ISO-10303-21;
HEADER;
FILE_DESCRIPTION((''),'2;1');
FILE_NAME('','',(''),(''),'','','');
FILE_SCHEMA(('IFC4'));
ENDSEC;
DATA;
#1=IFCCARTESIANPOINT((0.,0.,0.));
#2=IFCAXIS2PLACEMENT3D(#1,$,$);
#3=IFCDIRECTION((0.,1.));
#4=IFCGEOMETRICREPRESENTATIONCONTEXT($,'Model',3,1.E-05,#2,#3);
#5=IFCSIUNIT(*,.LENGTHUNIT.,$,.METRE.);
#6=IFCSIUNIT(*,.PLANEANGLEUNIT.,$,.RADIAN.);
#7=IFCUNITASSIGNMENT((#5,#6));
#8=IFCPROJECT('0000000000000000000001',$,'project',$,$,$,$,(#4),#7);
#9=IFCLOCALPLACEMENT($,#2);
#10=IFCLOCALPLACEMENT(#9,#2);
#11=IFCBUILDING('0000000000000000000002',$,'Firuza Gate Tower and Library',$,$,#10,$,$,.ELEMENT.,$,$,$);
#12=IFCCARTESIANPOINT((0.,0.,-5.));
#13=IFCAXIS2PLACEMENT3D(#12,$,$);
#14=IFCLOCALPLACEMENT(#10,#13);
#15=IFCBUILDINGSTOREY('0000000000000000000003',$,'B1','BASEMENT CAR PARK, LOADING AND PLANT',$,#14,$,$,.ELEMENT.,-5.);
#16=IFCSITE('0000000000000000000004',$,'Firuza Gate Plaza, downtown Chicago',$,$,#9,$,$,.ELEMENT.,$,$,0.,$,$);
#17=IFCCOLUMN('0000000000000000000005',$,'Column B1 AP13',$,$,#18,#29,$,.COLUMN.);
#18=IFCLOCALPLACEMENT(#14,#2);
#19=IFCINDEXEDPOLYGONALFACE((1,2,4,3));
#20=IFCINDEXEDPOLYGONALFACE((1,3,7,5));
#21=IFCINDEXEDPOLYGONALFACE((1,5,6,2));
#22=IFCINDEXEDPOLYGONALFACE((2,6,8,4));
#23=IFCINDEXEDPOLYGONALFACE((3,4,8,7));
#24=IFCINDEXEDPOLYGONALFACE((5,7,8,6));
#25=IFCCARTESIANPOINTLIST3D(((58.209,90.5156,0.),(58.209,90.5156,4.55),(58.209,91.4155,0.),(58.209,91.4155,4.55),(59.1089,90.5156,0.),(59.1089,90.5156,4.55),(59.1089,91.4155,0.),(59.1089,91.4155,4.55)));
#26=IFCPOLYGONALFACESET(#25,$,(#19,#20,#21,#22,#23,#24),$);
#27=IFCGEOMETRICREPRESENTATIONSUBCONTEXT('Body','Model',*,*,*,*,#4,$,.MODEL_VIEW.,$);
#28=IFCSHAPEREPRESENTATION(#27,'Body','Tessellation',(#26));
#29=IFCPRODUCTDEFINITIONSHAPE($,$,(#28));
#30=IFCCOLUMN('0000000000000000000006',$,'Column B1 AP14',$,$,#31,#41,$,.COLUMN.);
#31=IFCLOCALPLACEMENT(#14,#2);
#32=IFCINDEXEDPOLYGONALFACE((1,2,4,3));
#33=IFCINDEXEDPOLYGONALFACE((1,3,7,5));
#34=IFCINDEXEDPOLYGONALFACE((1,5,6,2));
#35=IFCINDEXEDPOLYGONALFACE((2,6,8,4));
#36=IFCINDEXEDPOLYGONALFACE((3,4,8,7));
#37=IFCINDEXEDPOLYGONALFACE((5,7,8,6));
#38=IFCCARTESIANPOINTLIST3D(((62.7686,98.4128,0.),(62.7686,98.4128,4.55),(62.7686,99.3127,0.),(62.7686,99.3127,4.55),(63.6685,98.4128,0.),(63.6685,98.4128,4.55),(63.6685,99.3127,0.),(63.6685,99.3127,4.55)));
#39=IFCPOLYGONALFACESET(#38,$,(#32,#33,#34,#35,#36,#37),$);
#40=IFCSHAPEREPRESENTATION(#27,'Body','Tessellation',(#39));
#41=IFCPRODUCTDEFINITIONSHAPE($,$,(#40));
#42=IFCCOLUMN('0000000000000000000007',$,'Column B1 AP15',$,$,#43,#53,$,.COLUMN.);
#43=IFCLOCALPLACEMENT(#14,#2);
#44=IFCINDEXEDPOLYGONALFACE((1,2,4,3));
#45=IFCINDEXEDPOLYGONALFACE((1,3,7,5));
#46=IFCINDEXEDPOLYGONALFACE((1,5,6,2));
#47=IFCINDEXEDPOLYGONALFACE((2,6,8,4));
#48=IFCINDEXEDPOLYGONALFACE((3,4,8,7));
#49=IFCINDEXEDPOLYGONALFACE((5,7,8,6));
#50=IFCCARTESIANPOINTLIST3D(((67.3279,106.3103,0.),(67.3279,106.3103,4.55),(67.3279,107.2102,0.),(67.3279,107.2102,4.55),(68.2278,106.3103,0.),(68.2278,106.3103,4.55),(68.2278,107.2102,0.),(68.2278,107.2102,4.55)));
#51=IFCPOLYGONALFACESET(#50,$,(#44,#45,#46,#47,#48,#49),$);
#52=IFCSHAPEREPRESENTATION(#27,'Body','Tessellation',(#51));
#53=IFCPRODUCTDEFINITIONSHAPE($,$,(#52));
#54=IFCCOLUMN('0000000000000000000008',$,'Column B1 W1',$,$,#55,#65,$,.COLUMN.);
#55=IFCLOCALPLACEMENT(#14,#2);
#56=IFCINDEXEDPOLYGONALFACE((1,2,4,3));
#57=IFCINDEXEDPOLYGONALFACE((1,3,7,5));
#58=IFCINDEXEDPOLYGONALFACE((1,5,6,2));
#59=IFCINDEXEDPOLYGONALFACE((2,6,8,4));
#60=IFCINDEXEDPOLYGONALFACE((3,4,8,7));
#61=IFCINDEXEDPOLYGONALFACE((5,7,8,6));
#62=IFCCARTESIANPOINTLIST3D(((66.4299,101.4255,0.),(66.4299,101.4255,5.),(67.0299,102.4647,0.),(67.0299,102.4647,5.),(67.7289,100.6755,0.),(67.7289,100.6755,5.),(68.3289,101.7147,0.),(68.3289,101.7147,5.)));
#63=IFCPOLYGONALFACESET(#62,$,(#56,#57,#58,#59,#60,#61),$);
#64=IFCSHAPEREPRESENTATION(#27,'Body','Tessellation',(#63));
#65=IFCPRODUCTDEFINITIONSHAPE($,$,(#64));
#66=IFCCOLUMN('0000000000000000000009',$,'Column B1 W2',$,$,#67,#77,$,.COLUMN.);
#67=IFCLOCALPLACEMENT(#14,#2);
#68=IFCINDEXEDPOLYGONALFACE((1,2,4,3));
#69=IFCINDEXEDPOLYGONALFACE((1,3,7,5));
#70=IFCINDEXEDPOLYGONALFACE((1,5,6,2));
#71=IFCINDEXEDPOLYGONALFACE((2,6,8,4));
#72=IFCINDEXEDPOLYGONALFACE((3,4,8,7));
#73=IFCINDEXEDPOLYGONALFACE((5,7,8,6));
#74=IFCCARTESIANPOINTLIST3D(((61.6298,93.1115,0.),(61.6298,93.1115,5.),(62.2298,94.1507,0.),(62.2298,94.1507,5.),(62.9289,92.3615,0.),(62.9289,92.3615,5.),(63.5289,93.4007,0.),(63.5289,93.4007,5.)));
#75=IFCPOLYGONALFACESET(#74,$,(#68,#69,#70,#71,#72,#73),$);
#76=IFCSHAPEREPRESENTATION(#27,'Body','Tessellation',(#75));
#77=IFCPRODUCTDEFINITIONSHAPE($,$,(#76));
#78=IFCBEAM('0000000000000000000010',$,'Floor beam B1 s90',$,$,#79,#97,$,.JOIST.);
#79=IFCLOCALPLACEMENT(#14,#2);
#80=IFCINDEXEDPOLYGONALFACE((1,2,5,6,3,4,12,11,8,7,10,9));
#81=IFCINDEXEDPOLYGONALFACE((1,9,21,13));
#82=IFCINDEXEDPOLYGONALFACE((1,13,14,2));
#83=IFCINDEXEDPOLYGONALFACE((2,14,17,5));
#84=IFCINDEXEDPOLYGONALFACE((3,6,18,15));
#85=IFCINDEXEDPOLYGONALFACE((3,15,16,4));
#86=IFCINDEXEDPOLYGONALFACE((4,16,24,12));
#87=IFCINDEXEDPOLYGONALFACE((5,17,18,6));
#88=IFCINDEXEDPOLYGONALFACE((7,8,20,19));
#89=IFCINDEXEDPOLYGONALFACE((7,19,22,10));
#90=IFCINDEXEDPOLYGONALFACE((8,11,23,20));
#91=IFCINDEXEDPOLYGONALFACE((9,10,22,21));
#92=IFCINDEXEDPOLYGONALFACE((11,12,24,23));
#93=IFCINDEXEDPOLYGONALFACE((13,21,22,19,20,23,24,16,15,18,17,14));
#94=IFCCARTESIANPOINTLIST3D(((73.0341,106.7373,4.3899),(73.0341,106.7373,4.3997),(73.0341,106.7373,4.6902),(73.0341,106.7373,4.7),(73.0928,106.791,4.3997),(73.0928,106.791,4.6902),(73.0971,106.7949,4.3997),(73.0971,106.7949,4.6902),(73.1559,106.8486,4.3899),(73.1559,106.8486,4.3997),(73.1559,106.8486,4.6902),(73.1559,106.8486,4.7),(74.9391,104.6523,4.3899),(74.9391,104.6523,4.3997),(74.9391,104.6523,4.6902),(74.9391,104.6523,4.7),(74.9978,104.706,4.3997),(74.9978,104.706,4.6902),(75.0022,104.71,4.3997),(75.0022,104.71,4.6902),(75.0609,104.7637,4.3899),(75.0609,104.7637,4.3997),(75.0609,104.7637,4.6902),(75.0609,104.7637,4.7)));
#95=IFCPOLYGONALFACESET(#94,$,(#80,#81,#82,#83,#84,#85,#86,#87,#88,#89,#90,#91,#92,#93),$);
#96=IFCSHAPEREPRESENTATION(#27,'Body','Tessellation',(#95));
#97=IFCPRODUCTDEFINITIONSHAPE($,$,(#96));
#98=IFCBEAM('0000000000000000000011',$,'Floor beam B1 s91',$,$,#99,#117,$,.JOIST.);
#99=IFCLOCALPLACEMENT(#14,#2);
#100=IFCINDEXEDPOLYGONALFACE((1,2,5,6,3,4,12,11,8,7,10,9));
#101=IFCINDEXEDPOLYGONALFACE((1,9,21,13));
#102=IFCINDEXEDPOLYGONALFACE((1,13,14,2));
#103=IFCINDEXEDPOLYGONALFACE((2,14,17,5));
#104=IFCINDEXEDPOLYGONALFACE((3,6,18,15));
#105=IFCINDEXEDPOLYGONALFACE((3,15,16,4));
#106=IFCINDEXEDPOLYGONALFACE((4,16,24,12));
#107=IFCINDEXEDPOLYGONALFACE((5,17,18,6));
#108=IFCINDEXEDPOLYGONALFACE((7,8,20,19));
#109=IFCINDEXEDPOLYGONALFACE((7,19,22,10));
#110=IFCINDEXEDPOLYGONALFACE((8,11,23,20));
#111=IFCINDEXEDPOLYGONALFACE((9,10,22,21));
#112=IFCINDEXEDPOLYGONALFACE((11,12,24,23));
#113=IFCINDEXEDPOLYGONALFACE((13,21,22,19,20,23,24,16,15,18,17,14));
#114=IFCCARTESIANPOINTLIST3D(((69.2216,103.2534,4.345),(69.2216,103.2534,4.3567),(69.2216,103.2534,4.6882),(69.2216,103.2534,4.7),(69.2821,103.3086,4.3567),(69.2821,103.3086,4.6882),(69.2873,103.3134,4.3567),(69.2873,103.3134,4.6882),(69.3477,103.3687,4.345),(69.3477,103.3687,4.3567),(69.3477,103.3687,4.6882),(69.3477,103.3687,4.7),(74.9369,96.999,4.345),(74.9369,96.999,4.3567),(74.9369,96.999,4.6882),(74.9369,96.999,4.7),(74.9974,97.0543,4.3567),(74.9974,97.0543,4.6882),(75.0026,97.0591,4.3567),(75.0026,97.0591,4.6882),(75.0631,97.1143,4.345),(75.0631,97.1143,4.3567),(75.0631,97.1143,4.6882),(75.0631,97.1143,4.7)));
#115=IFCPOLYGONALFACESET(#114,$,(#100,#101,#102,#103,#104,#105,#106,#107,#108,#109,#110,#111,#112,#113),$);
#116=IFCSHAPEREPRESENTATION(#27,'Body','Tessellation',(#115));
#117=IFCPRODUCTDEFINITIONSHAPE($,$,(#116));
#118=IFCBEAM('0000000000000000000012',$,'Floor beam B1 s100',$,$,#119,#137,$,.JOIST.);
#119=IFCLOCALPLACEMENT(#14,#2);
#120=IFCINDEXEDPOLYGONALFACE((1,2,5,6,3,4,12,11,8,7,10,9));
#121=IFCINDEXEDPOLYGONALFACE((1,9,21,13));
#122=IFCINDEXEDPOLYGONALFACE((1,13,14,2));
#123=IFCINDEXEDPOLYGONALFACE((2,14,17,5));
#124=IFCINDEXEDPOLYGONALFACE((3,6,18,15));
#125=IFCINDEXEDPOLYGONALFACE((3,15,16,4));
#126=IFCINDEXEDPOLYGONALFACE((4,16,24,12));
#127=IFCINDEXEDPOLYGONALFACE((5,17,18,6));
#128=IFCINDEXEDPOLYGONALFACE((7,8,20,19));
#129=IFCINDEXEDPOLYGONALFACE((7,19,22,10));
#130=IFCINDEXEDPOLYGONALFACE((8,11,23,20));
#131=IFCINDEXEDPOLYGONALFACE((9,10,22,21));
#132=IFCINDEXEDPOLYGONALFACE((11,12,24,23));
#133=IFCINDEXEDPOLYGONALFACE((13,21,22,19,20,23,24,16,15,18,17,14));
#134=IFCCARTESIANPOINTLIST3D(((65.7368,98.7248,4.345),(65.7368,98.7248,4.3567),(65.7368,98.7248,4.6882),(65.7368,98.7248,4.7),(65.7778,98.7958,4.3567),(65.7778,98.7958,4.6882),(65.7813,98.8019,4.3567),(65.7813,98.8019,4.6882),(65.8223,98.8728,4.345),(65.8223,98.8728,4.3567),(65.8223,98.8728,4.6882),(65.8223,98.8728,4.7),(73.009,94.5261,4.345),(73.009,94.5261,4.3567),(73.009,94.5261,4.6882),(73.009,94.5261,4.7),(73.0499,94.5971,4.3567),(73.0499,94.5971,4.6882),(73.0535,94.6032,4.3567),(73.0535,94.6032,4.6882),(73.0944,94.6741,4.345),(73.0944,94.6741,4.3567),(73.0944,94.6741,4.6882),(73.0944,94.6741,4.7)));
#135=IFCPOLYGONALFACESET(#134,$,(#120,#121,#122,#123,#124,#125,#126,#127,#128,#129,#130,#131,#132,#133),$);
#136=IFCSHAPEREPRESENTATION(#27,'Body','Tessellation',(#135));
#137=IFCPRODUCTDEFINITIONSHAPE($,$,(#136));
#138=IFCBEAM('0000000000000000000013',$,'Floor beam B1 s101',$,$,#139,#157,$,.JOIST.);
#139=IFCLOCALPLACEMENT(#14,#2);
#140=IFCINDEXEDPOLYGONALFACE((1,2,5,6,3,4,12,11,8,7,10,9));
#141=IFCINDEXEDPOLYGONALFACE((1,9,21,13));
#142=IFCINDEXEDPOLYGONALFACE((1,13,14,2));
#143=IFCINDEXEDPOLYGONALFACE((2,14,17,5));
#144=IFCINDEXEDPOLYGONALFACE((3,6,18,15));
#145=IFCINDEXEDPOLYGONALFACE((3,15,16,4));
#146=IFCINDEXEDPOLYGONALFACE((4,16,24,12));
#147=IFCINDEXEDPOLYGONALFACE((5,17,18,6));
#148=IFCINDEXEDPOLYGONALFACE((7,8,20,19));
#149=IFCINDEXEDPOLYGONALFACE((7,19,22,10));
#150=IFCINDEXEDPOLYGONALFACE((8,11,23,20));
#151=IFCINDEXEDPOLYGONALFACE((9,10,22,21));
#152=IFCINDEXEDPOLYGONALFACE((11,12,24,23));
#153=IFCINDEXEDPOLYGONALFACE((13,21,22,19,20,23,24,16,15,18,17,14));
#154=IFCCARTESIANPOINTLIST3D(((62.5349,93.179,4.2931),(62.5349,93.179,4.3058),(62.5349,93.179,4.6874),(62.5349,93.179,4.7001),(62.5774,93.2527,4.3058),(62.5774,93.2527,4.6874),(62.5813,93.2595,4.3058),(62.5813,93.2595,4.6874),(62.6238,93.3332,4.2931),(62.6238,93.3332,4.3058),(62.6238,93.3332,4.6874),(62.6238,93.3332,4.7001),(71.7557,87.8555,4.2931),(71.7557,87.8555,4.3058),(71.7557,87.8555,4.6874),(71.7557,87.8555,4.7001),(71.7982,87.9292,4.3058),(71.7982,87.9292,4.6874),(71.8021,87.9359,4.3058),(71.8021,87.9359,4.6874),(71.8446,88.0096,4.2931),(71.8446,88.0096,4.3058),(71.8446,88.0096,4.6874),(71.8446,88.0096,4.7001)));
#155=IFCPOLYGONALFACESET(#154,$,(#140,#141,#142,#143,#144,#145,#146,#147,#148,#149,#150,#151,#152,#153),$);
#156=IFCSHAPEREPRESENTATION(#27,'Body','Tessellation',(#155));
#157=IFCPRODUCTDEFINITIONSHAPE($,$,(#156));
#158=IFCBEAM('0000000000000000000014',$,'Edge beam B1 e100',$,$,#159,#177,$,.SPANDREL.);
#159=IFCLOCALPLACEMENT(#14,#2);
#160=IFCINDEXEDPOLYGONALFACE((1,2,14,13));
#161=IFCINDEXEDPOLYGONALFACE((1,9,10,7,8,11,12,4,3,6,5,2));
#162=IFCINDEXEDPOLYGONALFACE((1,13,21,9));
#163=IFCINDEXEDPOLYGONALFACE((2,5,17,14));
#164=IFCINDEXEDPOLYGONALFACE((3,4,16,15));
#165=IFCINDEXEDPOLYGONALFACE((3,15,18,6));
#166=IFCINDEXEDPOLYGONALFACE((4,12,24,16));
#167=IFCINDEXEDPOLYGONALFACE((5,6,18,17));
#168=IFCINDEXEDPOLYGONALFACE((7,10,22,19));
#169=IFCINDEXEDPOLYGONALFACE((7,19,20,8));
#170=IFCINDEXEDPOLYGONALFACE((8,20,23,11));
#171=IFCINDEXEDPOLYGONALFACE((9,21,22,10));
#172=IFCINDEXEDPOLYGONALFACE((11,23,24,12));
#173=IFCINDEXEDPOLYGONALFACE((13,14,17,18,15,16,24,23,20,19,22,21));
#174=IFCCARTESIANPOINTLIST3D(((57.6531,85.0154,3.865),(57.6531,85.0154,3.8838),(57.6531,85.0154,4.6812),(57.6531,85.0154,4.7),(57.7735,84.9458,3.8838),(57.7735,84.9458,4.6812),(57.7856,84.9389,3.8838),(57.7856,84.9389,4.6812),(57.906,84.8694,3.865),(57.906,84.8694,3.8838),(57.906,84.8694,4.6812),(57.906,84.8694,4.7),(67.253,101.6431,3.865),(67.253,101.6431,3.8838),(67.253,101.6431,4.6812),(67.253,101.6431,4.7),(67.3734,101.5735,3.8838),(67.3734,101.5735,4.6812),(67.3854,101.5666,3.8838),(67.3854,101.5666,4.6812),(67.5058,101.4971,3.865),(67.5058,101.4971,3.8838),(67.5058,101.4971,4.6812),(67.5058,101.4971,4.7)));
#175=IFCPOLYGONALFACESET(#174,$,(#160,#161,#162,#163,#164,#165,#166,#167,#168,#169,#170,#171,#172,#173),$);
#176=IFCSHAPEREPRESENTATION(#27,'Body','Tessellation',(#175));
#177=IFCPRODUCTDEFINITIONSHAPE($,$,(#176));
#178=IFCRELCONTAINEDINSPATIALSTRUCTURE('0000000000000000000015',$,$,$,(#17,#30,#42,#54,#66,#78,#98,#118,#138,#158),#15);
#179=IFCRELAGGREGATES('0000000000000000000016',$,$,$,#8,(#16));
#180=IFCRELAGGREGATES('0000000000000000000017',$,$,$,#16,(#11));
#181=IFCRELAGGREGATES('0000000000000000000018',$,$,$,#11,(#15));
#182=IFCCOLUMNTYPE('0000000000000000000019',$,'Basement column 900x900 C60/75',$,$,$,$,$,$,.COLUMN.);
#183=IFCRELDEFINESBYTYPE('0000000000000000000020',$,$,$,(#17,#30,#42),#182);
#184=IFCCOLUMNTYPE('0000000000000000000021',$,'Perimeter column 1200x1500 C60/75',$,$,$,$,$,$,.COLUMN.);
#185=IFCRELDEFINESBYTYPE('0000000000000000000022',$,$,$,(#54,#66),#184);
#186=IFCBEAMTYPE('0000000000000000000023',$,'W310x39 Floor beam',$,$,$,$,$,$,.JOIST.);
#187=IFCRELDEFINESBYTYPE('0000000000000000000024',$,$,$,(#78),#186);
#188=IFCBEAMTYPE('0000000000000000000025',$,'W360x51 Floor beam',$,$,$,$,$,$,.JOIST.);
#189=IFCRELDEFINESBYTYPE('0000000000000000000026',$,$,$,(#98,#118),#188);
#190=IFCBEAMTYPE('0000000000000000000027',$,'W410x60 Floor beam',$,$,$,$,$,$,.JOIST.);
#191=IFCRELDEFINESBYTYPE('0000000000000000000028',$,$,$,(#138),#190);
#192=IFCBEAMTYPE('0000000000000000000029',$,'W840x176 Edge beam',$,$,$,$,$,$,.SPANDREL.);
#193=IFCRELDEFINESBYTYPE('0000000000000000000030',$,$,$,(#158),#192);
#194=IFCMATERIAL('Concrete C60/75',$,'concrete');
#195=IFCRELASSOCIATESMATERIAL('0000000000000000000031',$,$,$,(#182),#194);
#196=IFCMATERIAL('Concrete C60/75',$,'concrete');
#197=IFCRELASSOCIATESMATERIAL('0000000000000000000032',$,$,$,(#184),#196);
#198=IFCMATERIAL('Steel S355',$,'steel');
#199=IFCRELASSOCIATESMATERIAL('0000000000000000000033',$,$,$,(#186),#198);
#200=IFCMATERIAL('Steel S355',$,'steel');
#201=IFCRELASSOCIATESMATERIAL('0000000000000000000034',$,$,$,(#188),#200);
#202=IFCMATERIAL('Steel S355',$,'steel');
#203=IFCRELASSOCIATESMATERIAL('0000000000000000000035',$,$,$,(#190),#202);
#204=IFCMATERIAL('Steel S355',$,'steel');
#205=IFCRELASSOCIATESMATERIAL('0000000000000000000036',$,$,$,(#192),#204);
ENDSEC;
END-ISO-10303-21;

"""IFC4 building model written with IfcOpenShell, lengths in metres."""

from ifc_helpers import new_model, si_unit, direction, frame, origin, origin_2d, place, context, subcontext, project, spatial, rectangle, i_section, extrude, material, material_profile, profile_set, type_object, element, save


model = new_model("IFC4")

# Units and contexts
model_context = context("Model", 3, precision=1e-05, world=origin(), true_north=direction((0.0, 1.0)))
body_context = subcontext(model_context, "Body", "Model", "MODEL_VIEW")
ifc_project = project(units=[si_unit("LENGTHUNIT", "METRE"), si_unit("PLANEANGLEUNIT", "RADIAN")], contexts=[model_context])

# Site, building, storey
site_placement = place(None, origin())
site = spatial("IfcSite", under=ifc_project, at=site_placement, Name="Firuza Gate Plaza, downtown Chicago", CompositionType="ELEMENT", RefElevation=0.0)
building_placement = place(site_placement, origin())
building = spatial("IfcBuilding", under=site, at=building_placement, Name="Firuza Gate Tower and Library", CompositionType="ELEMENT")
storey_placement = place(building_placement, frame((0.0, 0.0, -5.0)))
storey = spatial("IfcBuildingStorey", under=building, at=storey_placement, Name="B1", Description="BASEMENT CAR PARK, LOADING AND PLANT", CompositionType="ELEMENT", Elevation=-5.0)

# Columns
ifc_material_1 = material(Name="Concrete C60/75", Category="concrete")
ifc_material_profile_1 = material_profile(ifc_material_1, rectangle(XDim=0.8999, YDim=0.8999, at=origin_2d()))
ifc_profile_set_1 = profile_set([ifc_material_profile_1], Name="Concrete C60/75")
column_type_1 = type_object("IfcColumnType", Name="Basement column 900x900 C60/75", PredefinedType="COLUMN", material=ifc_profile_set_1)
for number, where, z_axis, x_axis, name in (
    (1, (58.6589, 90.9656, 0.0), (0.0, 0.0, 1.0), (1.0, 0.0, 0.0), "Column B1 AP13"),
    (2, (63.2185, 98.8628, 0.0), (0.0, 0.0, 1.0), (1.0, 0.0, 0.0), "Column B1 AP14"),
    (3, (67.7778, 106.7603, 0.0), (0.0, 0.0, 1.0), (1.0, 0.0, 0.0), "Column B1 AP15"),
):
    element("IfcColumn", number, at=place(storey_placement, frame(where, z_axis=z_axis, x_axis=x_axis)), inside=storey, type_object=column_type_1, Name=name, PredefinedType="COLUMN", context=body_context, shape_type="SweptSolid", body=[
        extrude(rectangle(XDim=0.8999, YDim=0.8999, at=origin_2d()), origin(), (0.0, 0.0, 1.0), 4.55),
    ])
ifc_material_2 = material(Name="Concrete C60/75", Category="concrete")
ifc_material_profile_2 = material_profile(ifc_material_2, rectangle(XDim=1.2, YDim=1.5, at=origin_2d()))
ifc_profile_set_2 = profile_set([ifc_material_profile_2], Name="Concrete C60/75")
column_type_2 = type_object("IfcColumnType", Name="Perimeter column 1200x1500 C60/75", PredefinedType="COLUMN", material=ifc_profile_set_2)
for number, where, z_axis, x_axis, name in (
    (4, (67.3794, 101.5701, 0.0), (0.0, 0.0, 1.0), (-0.5, -0.866025, 0.0), "Column B1 W1"),
    (5, (62.5793, 93.2561, 0.0), (0.0, 0.0, 1.0), (-0.5, -0.866025, 0.0), "Column B1 W2"),
):
    element("IfcColumn", number, at=place(storey_placement, frame(where, z_axis=z_axis, x_axis=x_axis)), inside=storey, type_object=column_type_2, Name=name, PredefinedType="COLUMN", context=body_context, shape_type="SweptSolid", body=[
        extrude(rectangle(XDim=1.2, YDim=1.5, at=origin_2d()), origin(), (0.0, 0.0, 1.0), 5.0),
    ])

# Beams
ifc_material_3 = material(Name="Steel S355", Category="steel")
ifc_material_profile_3 = material_profile(ifc_material_3, i_section(OverallWidth=0.165, OverallDepth=0.3101, WebThickness=0.0059, FlangeThickness=0.0098, at=origin_2d()))
ifc_profile_set_3 = profile_set([ifc_material_profile_3], Name="Steel S355")
beam_type_1 = type_object("IfcBeamType", Name="W310x39 Floor beam", PredefinedType="JOIST", material=ifc_profile_set_3)
beam_1_placement = place(storey_placement, frame((73.095, 106.793, 4.5449), z_axis=(0.674534, -0.738244, 0.0), x_axis=(0.738244, 0.674534, 0.0)))
element("IfcBeam", 6, at=beam_1_placement, inside=storey, type_object=beam_type_1, Name="Floor beam B1 s90", PredefinedType="JOIST", context=body_context, shape_type="SweptSolid", body=[
    extrude(i_section(OverallWidth=0.165, OverallDepth=0.3101, WebThickness=0.0059, FlangeThickness=0.0098, at=origin_2d()), origin(), (0.0, 0.0, 1.0), 2.8242),
])
ifc_material_4 = material(Name="Steel S355", Category="steel")
ifc_material_profile_4 = material_profile(ifc_material_4, i_section(OverallWidth=0.1709, OverallDepth=0.355, WebThickness=0.0071, FlangeThickness=0.0117, at=origin_2d()))
ifc_profile_set_4 = profile_set([ifc_material_profile_4], Name="Steel S355")
beam_type_2 = type_object("IfcBeamType", Name="W360x51 Floor beam", PredefinedType="JOIST", material=ifc_profile_set_4)
beam_2_placement = place(storey_placement, frame((69.2847, 103.311, 4.5225), z_axis=(0.674578, -0.738203, 0.0), x_axis=(0.738203, 0.674578, 0.0)))
element("IfcBeam", 7, at=beam_2_placement, inside=storey, type_object=beam_type_2, Name="Floor beam B1 s91", PredefinedType="JOIST", context=body_context, shape_type="SweptSolid", body=[
    extrude(i_section(OverallWidth=0.1709, OverallDepth=0.355, WebThickness=0.0071, FlangeThickness=0.0117, at=origin_2d()), origin(), (0.0, 0.0, 1.0), 8.4724),
])
beam_3_placement = place(storey_placement, frame((65.7795, 98.7988, 4.5225), z_axis=(0.86602, -0.50001, 0.0), x_axis=(0.50001, 0.86602, 0.0)))
element("IfcBeam", 8, at=beam_3_placement, inside=storey, type_object=beam_type_2, Name="Floor beam B1 s100", PredefinedType="JOIST", context=body_context, shape_type="SweptSolid", body=[
    extrude(i_section(OverallWidth=0.1709, OverallDepth=0.355, WebThickness=0.0071, FlangeThickness=0.0117, at=origin_2d()), origin(), (0.0, 0.0, 1.0), 8.3972),
])
ifc_material_5 = material(Name="Steel S355", Category="steel")
ifc_material_profile_5 = material_profile(ifc_material_5, i_section(OverallWidth=0.178, OverallDepth=0.407, WebThickness=0.0078, FlangeThickness=0.0127, at=origin_2d()))
ifc_profile_set_5 = profile_set([ifc_material_profile_5], Name="Steel S355")
beam_type_3 = type_object("IfcBeamType", Name="W410x60 Floor beam", PredefinedType="JOIST", material=ifc_profile_set_5)
beam_4_placement = place(storey_placement, frame((62.5793, 93.2561, 4.4966), z_axis=(0.866029, -0.499994, 0.0), x_axis=(0.499994, 0.866029, 0.0)))
element("IfcBeam", 9, at=beam_4_placement, inside=storey, type_object=beam_type_3, Name="Floor beam B1 s101", PredefinedType="JOIST", context=body_context, shape_type="SweptSolid", body=[
    extrude(i_section(OverallWidth=0.178, OverallDepth=0.407, WebThickness=0.0078, FlangeThickness=0.0127, at=origin_2d()), origin(), (0.0, 0.0, 1.0), 10.6472),
])
ifc_material_6 = material(Name="Steel S355", Category="steel")
ifc_material_profile_6 = material_profile(ifc_material_6, i_section(OverallWidth=0.292, OverallDepth=0.835, WebThickness=0.0139, FlangeThickness=0.0188, at=origin_2d()))
ifc_profile_set_6 = profile_set([ifc_material_profile_6], Name="Steel S355")
beam_type_4 = type_object("IfcBeamType", Name="W840x176 Edge beam", PredefinedType="SPANDREL", material=ifc_profile_set_6)
beam_5_placement = place(storey_placement, frame((67.3794, 101.5701, 4.2825), z_axis=(-0.499994, -0.866029, 0.0), x_axis=(0.866029, -0.499994, 0.0)))
element("IfcBeam", 10, at=beam_5_placement, inside=storey, type_object=beam_type_4, Name="Edge beam B1 e100", PredefinedType="SPANDREL", context=body_context, shape_type="SweptSolid", body=[
    extrude(i_section(OverallWidth=0.292, OverallDepth=0.835, WebThickness=0.0139, FlangeThickness=0.0188, at=origin_2d()), origin(), (0.0, 0.0, 1.0), 19.2),
])

save(model, "model.ifc")
